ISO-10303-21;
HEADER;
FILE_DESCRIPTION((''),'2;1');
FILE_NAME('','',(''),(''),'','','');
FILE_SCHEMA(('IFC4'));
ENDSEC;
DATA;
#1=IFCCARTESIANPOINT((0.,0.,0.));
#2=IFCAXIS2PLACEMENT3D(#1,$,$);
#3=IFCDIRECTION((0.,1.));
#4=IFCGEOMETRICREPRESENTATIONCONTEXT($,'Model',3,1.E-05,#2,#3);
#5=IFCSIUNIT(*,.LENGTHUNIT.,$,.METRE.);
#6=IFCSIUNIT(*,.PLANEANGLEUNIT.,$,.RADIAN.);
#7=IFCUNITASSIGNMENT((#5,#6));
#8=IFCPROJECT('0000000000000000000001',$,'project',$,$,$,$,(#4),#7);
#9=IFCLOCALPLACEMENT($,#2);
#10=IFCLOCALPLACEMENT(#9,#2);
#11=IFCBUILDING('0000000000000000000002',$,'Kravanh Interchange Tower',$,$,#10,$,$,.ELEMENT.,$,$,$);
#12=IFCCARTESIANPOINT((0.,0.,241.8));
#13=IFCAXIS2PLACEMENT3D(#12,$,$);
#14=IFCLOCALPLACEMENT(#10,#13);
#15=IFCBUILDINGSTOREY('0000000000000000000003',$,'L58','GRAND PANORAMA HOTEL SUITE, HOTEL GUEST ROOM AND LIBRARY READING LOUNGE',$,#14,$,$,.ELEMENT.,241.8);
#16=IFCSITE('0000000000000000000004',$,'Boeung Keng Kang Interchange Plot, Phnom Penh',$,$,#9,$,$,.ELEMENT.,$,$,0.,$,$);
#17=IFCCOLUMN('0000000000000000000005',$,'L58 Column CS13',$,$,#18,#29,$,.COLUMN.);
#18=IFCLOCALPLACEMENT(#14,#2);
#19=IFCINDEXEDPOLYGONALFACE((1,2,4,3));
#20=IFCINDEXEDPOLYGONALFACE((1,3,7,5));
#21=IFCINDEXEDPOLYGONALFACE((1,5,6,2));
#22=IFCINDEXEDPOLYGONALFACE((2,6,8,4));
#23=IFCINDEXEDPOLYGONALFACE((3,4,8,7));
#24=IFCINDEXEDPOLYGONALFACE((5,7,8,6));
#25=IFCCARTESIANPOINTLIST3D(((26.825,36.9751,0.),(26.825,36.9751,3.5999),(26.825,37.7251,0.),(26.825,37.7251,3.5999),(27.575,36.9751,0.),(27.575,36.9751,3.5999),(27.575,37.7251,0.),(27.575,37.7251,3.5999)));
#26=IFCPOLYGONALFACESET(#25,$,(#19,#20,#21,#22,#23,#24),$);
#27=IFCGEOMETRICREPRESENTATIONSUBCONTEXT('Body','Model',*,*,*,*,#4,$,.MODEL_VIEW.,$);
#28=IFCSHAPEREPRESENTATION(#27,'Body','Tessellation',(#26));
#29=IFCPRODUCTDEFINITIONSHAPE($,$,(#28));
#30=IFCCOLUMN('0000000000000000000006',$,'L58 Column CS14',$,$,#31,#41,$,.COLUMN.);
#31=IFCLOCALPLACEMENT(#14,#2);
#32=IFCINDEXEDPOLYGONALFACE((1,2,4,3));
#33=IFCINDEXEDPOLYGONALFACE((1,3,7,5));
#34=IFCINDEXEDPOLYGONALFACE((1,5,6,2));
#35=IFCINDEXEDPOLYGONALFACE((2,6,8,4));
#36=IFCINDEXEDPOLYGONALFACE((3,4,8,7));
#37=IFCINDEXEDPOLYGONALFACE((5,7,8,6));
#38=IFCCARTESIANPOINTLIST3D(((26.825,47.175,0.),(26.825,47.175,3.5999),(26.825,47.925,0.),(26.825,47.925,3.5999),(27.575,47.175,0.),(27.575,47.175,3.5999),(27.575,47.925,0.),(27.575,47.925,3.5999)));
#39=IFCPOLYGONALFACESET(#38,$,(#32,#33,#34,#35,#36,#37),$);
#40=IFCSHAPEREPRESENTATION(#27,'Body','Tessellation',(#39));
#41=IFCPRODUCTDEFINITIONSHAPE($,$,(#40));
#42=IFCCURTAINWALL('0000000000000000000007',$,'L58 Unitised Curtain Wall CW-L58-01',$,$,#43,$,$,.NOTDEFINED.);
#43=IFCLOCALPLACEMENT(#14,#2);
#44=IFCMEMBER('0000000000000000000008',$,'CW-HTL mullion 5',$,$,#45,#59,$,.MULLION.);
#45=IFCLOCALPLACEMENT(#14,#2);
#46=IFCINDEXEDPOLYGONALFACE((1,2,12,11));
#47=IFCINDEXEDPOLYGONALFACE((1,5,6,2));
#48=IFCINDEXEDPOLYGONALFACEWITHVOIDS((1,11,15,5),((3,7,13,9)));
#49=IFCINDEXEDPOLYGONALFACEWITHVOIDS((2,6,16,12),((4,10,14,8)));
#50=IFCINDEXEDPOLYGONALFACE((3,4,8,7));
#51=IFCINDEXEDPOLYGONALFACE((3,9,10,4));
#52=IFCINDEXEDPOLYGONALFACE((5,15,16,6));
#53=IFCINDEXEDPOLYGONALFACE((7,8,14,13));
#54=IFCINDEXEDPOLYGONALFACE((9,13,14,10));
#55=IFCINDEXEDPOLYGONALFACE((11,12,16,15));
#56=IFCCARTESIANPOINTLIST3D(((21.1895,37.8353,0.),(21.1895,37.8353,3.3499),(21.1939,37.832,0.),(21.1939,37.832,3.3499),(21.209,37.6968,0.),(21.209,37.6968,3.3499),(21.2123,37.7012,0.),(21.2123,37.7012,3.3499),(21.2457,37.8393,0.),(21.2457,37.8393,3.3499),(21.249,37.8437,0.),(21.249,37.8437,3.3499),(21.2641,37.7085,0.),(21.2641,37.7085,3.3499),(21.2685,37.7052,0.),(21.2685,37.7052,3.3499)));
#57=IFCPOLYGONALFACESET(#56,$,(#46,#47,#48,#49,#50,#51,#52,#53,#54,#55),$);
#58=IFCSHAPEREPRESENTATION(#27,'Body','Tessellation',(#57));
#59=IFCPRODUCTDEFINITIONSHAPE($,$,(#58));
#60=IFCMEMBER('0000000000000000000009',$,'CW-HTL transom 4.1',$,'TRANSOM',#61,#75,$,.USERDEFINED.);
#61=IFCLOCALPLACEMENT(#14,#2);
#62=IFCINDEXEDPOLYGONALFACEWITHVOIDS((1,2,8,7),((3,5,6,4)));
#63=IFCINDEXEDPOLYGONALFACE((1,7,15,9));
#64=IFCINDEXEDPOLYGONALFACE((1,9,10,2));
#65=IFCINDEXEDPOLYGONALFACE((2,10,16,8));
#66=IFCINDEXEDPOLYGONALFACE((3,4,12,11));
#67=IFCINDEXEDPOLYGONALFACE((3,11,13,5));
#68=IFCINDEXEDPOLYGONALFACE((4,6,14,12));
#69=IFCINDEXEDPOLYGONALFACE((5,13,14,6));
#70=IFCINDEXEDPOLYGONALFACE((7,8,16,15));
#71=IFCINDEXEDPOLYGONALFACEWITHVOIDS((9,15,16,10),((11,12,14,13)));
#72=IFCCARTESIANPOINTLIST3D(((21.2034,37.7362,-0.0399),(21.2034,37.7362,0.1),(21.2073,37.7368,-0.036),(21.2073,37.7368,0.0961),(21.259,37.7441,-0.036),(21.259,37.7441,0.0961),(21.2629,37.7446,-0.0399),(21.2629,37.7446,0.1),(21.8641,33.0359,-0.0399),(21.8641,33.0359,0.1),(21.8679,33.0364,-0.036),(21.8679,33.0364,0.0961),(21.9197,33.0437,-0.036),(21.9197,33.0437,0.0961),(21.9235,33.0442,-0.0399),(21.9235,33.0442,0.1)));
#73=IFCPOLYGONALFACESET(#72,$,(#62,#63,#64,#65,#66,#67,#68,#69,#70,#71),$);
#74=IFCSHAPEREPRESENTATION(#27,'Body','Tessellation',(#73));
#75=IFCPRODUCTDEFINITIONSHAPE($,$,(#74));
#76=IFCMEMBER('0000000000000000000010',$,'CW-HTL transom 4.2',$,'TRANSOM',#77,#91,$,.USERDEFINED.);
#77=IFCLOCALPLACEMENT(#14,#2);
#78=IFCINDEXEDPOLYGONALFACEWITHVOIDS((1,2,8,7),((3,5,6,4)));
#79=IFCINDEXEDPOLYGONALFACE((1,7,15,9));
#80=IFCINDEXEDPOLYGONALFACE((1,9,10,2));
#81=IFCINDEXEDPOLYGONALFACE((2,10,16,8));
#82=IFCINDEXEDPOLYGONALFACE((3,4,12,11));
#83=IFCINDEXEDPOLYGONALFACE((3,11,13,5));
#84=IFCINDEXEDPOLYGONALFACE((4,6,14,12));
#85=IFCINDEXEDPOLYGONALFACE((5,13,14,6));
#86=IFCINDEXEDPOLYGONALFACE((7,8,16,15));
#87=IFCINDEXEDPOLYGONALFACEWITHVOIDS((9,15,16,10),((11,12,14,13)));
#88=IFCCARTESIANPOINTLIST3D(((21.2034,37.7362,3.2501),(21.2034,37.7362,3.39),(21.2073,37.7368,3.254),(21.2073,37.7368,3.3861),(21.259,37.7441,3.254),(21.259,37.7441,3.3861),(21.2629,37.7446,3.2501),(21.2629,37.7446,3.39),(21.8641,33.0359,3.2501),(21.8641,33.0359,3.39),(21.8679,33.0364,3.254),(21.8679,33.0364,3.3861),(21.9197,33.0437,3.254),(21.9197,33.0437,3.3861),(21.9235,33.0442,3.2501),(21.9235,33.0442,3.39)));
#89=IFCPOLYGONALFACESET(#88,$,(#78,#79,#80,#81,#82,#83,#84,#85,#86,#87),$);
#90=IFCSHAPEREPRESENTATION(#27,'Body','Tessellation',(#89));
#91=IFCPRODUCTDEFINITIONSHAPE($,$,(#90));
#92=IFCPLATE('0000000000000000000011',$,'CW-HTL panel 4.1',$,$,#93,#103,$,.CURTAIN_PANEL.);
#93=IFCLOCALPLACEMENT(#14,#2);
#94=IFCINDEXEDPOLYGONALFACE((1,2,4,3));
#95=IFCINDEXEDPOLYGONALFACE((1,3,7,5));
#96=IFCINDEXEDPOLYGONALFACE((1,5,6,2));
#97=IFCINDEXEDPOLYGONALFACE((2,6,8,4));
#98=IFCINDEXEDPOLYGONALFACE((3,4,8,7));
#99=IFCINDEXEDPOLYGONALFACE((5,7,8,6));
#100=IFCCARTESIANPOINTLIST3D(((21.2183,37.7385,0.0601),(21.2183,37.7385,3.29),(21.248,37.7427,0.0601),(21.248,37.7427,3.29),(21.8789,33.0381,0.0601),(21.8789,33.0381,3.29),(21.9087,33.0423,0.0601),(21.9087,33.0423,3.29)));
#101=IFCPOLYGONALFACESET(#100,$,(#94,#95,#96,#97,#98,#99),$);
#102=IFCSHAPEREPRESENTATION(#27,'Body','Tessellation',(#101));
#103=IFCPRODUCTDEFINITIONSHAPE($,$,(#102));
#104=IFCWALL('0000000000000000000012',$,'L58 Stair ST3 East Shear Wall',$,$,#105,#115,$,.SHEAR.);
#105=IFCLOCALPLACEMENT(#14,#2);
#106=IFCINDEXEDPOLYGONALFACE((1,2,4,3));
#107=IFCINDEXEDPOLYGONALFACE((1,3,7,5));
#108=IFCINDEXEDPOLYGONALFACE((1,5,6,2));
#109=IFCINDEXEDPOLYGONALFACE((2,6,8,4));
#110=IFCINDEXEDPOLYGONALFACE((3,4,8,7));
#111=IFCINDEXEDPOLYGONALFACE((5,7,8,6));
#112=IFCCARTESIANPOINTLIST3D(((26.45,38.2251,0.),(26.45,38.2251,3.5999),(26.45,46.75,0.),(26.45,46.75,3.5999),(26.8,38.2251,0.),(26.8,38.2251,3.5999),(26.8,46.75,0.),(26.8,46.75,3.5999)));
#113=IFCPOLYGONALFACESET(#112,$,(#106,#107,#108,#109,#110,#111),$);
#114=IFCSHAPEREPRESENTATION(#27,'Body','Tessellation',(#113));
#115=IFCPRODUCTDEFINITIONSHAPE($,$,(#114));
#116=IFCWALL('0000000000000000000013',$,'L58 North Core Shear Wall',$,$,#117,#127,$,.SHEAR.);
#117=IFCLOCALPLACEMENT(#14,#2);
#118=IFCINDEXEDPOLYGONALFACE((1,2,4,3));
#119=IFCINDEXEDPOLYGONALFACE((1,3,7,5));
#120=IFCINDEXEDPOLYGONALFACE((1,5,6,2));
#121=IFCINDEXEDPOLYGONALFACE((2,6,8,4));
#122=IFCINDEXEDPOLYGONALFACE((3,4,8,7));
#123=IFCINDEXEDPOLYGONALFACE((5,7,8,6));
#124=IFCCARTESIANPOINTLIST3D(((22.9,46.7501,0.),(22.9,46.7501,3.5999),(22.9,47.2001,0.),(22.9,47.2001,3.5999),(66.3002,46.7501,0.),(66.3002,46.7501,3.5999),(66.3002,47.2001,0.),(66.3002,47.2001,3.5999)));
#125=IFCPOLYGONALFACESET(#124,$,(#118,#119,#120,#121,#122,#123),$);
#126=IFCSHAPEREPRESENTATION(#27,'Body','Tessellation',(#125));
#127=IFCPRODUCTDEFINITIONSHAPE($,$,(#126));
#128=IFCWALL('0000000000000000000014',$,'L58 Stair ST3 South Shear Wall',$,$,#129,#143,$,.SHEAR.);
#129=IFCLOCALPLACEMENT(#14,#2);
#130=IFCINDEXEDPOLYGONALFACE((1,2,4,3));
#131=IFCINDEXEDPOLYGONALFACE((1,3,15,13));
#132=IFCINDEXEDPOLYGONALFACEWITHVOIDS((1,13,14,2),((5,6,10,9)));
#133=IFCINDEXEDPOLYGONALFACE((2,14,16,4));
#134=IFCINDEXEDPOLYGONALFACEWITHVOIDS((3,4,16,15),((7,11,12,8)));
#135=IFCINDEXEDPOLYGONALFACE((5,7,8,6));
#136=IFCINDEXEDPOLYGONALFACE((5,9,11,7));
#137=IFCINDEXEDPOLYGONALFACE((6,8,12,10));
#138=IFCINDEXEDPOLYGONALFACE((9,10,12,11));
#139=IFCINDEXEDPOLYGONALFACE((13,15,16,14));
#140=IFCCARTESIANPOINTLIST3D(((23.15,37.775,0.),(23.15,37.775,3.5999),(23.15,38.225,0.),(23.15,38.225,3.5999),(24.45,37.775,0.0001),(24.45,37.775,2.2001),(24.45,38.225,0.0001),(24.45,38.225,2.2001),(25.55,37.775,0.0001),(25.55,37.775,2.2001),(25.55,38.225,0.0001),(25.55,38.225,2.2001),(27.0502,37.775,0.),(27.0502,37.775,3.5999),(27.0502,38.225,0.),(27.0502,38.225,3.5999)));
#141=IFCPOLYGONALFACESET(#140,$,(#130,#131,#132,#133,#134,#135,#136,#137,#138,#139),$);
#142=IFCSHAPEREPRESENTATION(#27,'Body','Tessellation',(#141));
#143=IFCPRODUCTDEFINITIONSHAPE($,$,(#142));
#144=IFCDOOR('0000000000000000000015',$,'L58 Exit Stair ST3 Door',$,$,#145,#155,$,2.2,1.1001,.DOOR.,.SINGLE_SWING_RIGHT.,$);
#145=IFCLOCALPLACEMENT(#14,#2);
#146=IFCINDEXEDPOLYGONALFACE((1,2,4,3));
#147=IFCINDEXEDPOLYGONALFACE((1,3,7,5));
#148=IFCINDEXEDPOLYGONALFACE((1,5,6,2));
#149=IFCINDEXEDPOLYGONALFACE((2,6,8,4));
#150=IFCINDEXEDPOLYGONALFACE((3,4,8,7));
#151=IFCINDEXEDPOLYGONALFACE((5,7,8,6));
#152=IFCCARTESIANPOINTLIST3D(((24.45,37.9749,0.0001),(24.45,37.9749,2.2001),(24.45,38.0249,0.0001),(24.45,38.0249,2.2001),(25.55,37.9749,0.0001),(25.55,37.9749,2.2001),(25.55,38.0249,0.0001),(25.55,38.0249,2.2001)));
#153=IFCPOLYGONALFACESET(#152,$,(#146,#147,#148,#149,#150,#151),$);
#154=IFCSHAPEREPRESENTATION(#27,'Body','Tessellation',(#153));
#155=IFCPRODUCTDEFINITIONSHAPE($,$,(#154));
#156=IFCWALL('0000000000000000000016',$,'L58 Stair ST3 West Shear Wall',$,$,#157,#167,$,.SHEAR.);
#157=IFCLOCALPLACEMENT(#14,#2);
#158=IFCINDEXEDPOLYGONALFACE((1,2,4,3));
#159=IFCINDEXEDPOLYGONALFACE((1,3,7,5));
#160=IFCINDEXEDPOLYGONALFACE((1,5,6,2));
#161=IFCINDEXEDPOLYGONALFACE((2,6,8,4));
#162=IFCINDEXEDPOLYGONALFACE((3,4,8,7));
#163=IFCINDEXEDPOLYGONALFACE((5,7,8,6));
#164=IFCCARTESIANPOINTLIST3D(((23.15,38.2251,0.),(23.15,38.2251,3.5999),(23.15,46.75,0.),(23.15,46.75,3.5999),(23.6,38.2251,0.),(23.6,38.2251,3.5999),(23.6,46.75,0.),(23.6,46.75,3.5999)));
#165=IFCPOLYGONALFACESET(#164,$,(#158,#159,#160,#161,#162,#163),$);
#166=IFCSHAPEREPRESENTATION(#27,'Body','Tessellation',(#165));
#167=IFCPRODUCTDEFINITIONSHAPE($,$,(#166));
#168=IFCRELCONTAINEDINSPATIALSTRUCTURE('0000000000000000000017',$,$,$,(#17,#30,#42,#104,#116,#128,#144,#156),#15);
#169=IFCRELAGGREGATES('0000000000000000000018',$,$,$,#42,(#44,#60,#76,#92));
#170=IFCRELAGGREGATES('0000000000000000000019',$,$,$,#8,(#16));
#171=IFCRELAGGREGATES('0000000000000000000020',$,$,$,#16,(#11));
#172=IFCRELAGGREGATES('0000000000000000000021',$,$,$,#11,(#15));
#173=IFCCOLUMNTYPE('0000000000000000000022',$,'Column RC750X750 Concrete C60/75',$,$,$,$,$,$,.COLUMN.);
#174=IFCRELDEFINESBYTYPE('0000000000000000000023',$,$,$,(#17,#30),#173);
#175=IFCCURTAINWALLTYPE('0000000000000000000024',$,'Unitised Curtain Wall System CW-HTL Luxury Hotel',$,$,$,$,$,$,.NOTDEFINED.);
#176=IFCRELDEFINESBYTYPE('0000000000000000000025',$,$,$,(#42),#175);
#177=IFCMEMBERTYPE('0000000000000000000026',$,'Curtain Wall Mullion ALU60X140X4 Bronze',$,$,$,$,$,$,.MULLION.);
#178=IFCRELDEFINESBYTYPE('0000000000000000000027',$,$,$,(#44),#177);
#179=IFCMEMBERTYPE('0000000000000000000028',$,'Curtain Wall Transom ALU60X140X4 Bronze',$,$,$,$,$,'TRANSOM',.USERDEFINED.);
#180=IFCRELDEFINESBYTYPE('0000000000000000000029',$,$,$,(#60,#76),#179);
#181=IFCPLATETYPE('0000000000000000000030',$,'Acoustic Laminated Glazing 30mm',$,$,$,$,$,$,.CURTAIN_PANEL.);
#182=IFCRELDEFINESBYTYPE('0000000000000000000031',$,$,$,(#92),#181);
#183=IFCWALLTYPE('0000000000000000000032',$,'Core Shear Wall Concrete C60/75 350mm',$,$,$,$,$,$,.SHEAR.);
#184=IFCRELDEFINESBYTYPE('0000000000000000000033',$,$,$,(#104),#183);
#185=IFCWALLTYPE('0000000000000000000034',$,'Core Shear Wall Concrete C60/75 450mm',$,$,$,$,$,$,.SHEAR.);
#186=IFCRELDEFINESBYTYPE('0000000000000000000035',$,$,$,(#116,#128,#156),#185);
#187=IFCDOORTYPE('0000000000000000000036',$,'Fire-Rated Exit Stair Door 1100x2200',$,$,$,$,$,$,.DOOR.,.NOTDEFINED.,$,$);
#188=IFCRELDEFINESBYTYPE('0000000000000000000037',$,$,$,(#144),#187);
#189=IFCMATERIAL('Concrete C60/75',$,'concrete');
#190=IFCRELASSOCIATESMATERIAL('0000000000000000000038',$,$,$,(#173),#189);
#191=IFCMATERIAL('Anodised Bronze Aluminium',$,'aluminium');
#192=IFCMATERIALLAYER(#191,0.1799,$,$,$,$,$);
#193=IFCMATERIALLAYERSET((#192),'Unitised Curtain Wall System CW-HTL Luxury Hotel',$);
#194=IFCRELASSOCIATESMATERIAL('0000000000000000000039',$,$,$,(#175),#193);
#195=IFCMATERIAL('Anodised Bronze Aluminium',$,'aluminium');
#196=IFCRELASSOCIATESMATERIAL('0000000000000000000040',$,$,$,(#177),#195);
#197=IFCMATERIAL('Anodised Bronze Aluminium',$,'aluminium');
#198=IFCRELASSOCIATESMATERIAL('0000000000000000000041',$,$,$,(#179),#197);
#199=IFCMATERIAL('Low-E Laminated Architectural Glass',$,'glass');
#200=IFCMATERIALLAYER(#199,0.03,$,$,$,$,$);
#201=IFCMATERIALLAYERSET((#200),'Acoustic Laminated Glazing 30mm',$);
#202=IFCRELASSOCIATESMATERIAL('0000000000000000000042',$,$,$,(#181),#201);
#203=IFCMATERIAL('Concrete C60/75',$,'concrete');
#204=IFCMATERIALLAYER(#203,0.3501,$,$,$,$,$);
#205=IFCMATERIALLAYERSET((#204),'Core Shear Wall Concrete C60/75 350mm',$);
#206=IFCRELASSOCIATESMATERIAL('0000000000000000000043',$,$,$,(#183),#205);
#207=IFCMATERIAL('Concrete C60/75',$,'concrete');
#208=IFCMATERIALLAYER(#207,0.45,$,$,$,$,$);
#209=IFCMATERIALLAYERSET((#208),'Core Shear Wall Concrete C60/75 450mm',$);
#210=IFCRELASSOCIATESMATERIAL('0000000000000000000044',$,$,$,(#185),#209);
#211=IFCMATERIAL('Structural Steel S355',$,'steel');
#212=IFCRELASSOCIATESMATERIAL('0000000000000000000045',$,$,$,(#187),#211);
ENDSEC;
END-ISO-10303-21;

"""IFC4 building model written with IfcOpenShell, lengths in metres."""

from ifc_helpers import new_model, si_unit, direction, frame, frame_2d, origin, origin_2d, place, context, subcontext, project, spatial, rectangle, hollow_rectangle, extrude, material, layer, layer_set, material_profile, profile_set, type_object, element, fill, aggregate, save


model = new_model("IFC4")

# Units and contexts
model_context = context("Model", 3, precision=1e-05, world=origin(), true_north=direction((0.0, 1.0)))
body_context = subcontext(model_context, "Body", "Model", "MODEL_VIEW")
ifc_project = project(units=[si_unit("LENGTHUNIT", "METRE"), si_unit("PLANEANGLEUNIT", "RADIAN")], contexts=[model_context])

# Site, building, storey
site_placement = place(None, origin())
site = spatial("IfcSite", under=ifc_project, at=site_placement, Name="Boeung Keng Kang Interchange Plot, Phnom Penh", CompositionType="ELEMENT", RefElevation=0.0)
building_placement = place(site_placement, origin())
building = spatial("IfcBuilding", under=site, at=building_placement, Name="Kravanh Interchange Tower", CompositionType="ELEMENT")
storey_placement = place(building_placement, frame((0.0, 0.0, 241.8)))
storey = spatial("IfcBuildingStorey", under=building, at=storey_placement, Name="L58", Description="GRAND PANORAMA HOTEL SUITE, HOTEL GUEST ROOM AND LIBRARY READING LOUNGE", CompositionType="ELEMENT", Elevation=241.8)

# Columns
ifc_material_1 = material(Name="Concrete C60/75", Category="concrete")
ifc_material_profile_1 = material_profile(ifc_material_1, rectangle(XDim=0.75, YDim=0.75, at=origin_2d()), Name="RC750X750")
ifc_profile_set_1 = profile_set([ifc_material_profile_1], Name="Concrete C60/75")
column_type = type_object("IfcColumnType", Name="Column RC750X750 Concrete C60/75", PredefinedType="COLUMN", material=ifc_profile_set_1)
for number, where, z_axis, x_axis, name in (
    (1, (27.2, 37.3501, 0.0), (0.0, 0.0, 1.0), (1.0, 0.0, 0.0), "L58 Column CS13"),
    (2, (27.2, 47.55, 0.0), (0.0, 0.0, 1.0), (1.0, 0.0, 0.0), "L58 Column CS14"),
):
    element("IfcColumn", number, at=place(storey_placement, frame(where, z_axis=z_axis, x_axis=x_axis)), inside=storey, type_object=column_type, Name=name, PredefinedType="COLUMN", context=body_context, shape_type="SweptSolid", body=[
        extrude(rectangle(XDim=0.75, YDim=0.75, at=origin_2d()), origin(), (0.0, 0.0, 1.0), 3.5999),
    ])

# Curtain wall, members, plate
ifc_material_2 = material(Name="Anodised Bronze Aluminium", Category="aluminium")
ifc_layer_1 = layer(ifc_material_2, 0.1799)
ifc_layer_set_1 = layer_set([ifc_layer_1], Name="Unitised Curtain Wall System CW-HTL Luxury Hotel")
curtain_wall_type = type_object("IfcCurtainWallType", Name="Unitised Curtain Wall System CW-HTL Luxury Hotel", PredefinedType="NOTDEFINED", material=ifc_layer_set_1)
curtain_wall_placement = place(storey_placement, origin())
curtain_wall = element("IfcCurtainWall", 3, at=curtain_wall_placement, inside=storey, type_object=curtain_wall_type, Name="L58 Unitised Curtain Wall CW-L58-01", PredefinedType="NOTDEFINED")
ifc_material_3 = material(Name="Anodised Bronze Aluminium", Category="aluminium")
ifc_material_profile_2 = material_profile(ifc_material_3, hollow_rectangle(XDim=0.0601, YDim=0.1399, WallThickness=0.0039, at=origin_2d()), Name="ALU60X140X4")
ifc_profile_set_2 = profile_set([ifc_material_profile_2], Name="Anodised Bronze Aluminium")
member_type_1 = type_object("IfcMemberType", Name="Curtain Wall Mullion ALU60X140X4 Bronze", PredefinedType="MULLION", material=ifc_profile_set_2)
member_1_placement = place(storey_placement, frame((21.229, 37.7703, 0.0), z_axis=(0.0, 0.0, 1.0), x_axis=(-0.990268, -0.139176, 0.0)))
member_1 = element("IfcMember", 4, at=member_1_placement, type_object=member_type_1, Name="CW-HTL mullion 5", PredefinedType="MULLION", context=body_context, shape_type="SweptSolid", body=[
    extrude(hollow_rectangle(XDim=0.0601, YDim=0.1399, WallThickness=0.0039, at=origin_2d()), origin(), (0.0, 0.0, 1.0), 3.3499),
])
ifc_material_4 = material(Name="Anodised Bronze Aluminium", Category="aluminium")
ifc_material_profile_3 = material_profile(ifc_material_4, hollow_rectangle(XDim=0.0601, YDim=0.1399, WallThickness=0.0039, at=origin_2d()), Name="ALU60X140X4")
ifc_profile_set_3 = profile_set([ifc_material_profile_3], Name="Anodised Bronze Aluminium")
member_type_2 = type_object("IfcMemberType", Name="Curtain Wall Transom ALU60X140X4 Bronze", ElementType="TRANSOM", PredefinedType="USERDEFINED", material=ifc_profile_set_3)
member_2_placement = place(storey_placement, frame((21.8938, 33.04, 0.03), z_axis=(-0.139182, 0.990267, 0.0), x_axis=(-0.990267, -0.139182, 0.0)))
member_2 = element("IfcMember", 5, at=member_2_placement, type_object=member_type_2, Name="CW-HTL transom 4.1", ObjectType="TRANSOM", PredefinedType="USERDEFINED", context=body_context, shape_type="SweptSolid", body=[
    extrude(hollow_rectangle(XDim=0.0601, YDim=0.1399, WallThickness=0.0039, at=origin_2d()), origin(), (0.0, 0.0, 1.0), 4.7466),
])
member_3_placement = place(storey_placement, frame((21.8938, 33.04, 3.3201), z_axis=(-0.139182, 0.990267, 0.0), x_axis=(-0.990267, -0.139182, 0.0)))
member_3 = element("IfcMember", 6, at=member_3_placement, type_object=member_type_2, Name="CW-HTL transom 4.2", ObjectType="TRANSOM", PredefinedType="USERDEFINED", context=body_context, shape_type="SweptSolid", body=[
    extrude(hollow_rectangle(XDim=0.0601, YDim=0.1399, WallThickness=0.0039, at=origin_2d()), origin(), (0.0, 0.0, 1.0), 4.7466),
])
ifc_material_5 = material(Name="Low-E Laminated Architectural Glass", Category="glass")
ifc_layer_2 = layer(ifc_material_5, 0.03)
ifc_layer_set_2 = layer_set([ifc_layer_2], Name="Acoustic Laminated Glazing 30mm")
plate_type = type_object("IfcPlateType", Name="Acoustic Laminated Glazing 30mm", PredefinedType="CURTAIN_PANEL", material=ifc_layer_set_2)
plate_placement = place(storey_placement, frame((21.5635, 35.3904, 0.0601), z_axis=(0.0, 0.0, 1.0), x_axis=(-0.139176, 0.990268, 0.0)))
plate = element("IfcPlate", 7, at=plate_placement, type_object=plate_type, Name="CW-HTL panel 4.1", PredefinedType="CURTAIN_PANEL", context=body_context, shape_type="SweptSolid", body=[
    extrude(rectangle(XDim=4.7466, YDim=0.03, at=origin_2d()), origin(), (0.0, 0.0, 1.0), 3.23),
])
aggregate(curtain_wall, [member_1, member_2, member_3, plate])

# Walls
ifc_material_6 = material(Name="Concrete C60/75", Category="concrete")
ifc_layer_3 = layer(ifc_material_6, 0.3501)
ifc_layer_set_3 = layer_set([ifc_layer_3], Name="Core Shear Wall Concrete C60/75 350mm")
wall_type_1 = type_object("IfcWallType", Name="Core Shear Wall Concrete C60/75 350mm", PredefinedType="SHEAR", material=ifc_layer_set_3)
wall_1_placement = place(storey_placement, frame((26.625, 38.2251, 0.0), z_axis=(0.0, 0.0, 1.0), x_axis=(0.0, 1.0, 0.0)))
element("IfcWall", 8, at=wall_1_placement, inside=storey, type_object=wall_type_1, Name="L58 Stair ST3 East Shear Wall", PredefinedType="SHEAR", context=body_context, shape_type="SweptSolid", body=[
    extrude(rectangle(XDim=8.5249, YDim=0.3501, at=frame_2d((4.2625, 0.0))), origin(), (0.0, 0.0, 1.0), 3.5999),
])
ifc_material_7 = material(Name="Concrete C60/75", Category="concrete")
ifc_layer_4 = layer(ifc_material_7, 0.45)
ifc_layer_set_4 = layer_set([ifc_layer_4], Name="Core Shear Wall Concrete C60/75 450mm")
wall_type_2 = type_object("IfcWallType", Name="Core Shear Wall Concrete C60/75 450mm", PredefinedType="SHEAR", material=ifc_layer_set_4)
wall_2_placement = place(storey_placement, frame((22.8999, 46.9751, 0.0), z_axis=(0.0, 0.0, 1.0), x_axis=(1.0, 0.0, 0.0)))
element("IfcWall", 9, at=wall_2_placement, inside=storey, type_object=wall_type_2, Name="L58 North Core Shear Wall", PredefinedType="SHEAR", context=body_context, shape_type="SweptSolid", body=[
    extrude(rectangle(XDim=43.4001, YDim=0.45, at=frame_2d((21.7002, 0.0))), origin(), (0.0, 0.0, 1.0), 3.5999),
])

# Wall, opening, door
wall_3_placement = place(storey_placement, frame((23.1499, 38.0, 0.0), z_axis=(0.0, 0.0, 1.0), x_axis=(1.0, 0.0, 0.0)))
wall_3 = element("IfcWall", 10, at=wall_3_placement, inside=storey, type_object=wall_type_2, Name="L58 Stair ST3 South Shear Wall", PredefinedType="SHEAR", context=body_context, shape_type="SweptSolid", body=[
    extrude(rectangle(XDim=3.9001, YDim=0.45, at=frame_2d((1.9502, 0.0))), origin(), (0.0, 0.0, 1.0), 3.5999),
])
opening_1_placement = place(wall_3_placement, frame((1.3, 0.0, 0.0)))
opening_1 = element("IfcOpeningElement", 11, at=opening_1_placement, cuts=wall_3, PredefinedType="OPENING", context=body_context, shape_type="SweptSolid", body=[
    extrude(rectangle(XDim=1.1001, YDim=2.2, at=frame_2d((0.55, 1.1001))), frame((0.0, 0.2349, 0.0), z_axis=(0.0, -1.0, 0.0), x_axis=(1.0, 0.0, 0.0)), (0.0, 0.0, 1.0), 0.47),
])
ifc_material_8 = material(Name="Structural Steel S355", Category="steel")
door_type_1 = type_object("IfcDoorType", Name="Fire-Rated Exit Stair Door 1100x2200", OperationType="NOTDEFINED", PredefinedType="DOOR", material=ifc_material_8)
door_1_placement = place(opening_1_placement, origin())
door_1 = element("IfcDoor", 12, at=door_1_placement, inside=storey, type_object=door_type_1, Name="L58 Exit Stair ST3 Door", OperationType="SINGLE_SWING_RIGHT", OverallHeight=2.2, OverallWidth=1.1001, PredefinedType="DOOR", context=body_context, shape_type="SweptSolid", body=[
    extrude(rectangle(XDim=1.1001, YDim=2.2, at=frame_2d((0.55, 1.1001))), frame((0.0, 0.0249, 0.0), z_axis=(0.0, -1.0, 0.0), x_axis=(1.0, 0.0, 0.0)), (0.0, 0.0, 1.0), 0.05),
])
fill(opening_1, door_1)

# Wall
wall_4_placement = place(storey_placement, frame((23.375, 38.2251, 0.0), z_axis=(0.0, 0.0, 1.0), x_axis=(0.0, 1.0, 0.0)))
element("IfcWall", 13, at=wall_4_placement, inside=storey, type_object=wall_type_2, Name="L58 Stair ST3 West Shear Wall", PredefinedType="SHEAR", context=body_context, shape_type="SweptSolid", body=[
    extrude(rectangle(XDim=8.5249, YDim=0.45, at=frame_2d((4.2625, 0.0))), origin(), (0.0, 0.0, 1.0), 3.5999),
])

save(model, "model.ifc")
